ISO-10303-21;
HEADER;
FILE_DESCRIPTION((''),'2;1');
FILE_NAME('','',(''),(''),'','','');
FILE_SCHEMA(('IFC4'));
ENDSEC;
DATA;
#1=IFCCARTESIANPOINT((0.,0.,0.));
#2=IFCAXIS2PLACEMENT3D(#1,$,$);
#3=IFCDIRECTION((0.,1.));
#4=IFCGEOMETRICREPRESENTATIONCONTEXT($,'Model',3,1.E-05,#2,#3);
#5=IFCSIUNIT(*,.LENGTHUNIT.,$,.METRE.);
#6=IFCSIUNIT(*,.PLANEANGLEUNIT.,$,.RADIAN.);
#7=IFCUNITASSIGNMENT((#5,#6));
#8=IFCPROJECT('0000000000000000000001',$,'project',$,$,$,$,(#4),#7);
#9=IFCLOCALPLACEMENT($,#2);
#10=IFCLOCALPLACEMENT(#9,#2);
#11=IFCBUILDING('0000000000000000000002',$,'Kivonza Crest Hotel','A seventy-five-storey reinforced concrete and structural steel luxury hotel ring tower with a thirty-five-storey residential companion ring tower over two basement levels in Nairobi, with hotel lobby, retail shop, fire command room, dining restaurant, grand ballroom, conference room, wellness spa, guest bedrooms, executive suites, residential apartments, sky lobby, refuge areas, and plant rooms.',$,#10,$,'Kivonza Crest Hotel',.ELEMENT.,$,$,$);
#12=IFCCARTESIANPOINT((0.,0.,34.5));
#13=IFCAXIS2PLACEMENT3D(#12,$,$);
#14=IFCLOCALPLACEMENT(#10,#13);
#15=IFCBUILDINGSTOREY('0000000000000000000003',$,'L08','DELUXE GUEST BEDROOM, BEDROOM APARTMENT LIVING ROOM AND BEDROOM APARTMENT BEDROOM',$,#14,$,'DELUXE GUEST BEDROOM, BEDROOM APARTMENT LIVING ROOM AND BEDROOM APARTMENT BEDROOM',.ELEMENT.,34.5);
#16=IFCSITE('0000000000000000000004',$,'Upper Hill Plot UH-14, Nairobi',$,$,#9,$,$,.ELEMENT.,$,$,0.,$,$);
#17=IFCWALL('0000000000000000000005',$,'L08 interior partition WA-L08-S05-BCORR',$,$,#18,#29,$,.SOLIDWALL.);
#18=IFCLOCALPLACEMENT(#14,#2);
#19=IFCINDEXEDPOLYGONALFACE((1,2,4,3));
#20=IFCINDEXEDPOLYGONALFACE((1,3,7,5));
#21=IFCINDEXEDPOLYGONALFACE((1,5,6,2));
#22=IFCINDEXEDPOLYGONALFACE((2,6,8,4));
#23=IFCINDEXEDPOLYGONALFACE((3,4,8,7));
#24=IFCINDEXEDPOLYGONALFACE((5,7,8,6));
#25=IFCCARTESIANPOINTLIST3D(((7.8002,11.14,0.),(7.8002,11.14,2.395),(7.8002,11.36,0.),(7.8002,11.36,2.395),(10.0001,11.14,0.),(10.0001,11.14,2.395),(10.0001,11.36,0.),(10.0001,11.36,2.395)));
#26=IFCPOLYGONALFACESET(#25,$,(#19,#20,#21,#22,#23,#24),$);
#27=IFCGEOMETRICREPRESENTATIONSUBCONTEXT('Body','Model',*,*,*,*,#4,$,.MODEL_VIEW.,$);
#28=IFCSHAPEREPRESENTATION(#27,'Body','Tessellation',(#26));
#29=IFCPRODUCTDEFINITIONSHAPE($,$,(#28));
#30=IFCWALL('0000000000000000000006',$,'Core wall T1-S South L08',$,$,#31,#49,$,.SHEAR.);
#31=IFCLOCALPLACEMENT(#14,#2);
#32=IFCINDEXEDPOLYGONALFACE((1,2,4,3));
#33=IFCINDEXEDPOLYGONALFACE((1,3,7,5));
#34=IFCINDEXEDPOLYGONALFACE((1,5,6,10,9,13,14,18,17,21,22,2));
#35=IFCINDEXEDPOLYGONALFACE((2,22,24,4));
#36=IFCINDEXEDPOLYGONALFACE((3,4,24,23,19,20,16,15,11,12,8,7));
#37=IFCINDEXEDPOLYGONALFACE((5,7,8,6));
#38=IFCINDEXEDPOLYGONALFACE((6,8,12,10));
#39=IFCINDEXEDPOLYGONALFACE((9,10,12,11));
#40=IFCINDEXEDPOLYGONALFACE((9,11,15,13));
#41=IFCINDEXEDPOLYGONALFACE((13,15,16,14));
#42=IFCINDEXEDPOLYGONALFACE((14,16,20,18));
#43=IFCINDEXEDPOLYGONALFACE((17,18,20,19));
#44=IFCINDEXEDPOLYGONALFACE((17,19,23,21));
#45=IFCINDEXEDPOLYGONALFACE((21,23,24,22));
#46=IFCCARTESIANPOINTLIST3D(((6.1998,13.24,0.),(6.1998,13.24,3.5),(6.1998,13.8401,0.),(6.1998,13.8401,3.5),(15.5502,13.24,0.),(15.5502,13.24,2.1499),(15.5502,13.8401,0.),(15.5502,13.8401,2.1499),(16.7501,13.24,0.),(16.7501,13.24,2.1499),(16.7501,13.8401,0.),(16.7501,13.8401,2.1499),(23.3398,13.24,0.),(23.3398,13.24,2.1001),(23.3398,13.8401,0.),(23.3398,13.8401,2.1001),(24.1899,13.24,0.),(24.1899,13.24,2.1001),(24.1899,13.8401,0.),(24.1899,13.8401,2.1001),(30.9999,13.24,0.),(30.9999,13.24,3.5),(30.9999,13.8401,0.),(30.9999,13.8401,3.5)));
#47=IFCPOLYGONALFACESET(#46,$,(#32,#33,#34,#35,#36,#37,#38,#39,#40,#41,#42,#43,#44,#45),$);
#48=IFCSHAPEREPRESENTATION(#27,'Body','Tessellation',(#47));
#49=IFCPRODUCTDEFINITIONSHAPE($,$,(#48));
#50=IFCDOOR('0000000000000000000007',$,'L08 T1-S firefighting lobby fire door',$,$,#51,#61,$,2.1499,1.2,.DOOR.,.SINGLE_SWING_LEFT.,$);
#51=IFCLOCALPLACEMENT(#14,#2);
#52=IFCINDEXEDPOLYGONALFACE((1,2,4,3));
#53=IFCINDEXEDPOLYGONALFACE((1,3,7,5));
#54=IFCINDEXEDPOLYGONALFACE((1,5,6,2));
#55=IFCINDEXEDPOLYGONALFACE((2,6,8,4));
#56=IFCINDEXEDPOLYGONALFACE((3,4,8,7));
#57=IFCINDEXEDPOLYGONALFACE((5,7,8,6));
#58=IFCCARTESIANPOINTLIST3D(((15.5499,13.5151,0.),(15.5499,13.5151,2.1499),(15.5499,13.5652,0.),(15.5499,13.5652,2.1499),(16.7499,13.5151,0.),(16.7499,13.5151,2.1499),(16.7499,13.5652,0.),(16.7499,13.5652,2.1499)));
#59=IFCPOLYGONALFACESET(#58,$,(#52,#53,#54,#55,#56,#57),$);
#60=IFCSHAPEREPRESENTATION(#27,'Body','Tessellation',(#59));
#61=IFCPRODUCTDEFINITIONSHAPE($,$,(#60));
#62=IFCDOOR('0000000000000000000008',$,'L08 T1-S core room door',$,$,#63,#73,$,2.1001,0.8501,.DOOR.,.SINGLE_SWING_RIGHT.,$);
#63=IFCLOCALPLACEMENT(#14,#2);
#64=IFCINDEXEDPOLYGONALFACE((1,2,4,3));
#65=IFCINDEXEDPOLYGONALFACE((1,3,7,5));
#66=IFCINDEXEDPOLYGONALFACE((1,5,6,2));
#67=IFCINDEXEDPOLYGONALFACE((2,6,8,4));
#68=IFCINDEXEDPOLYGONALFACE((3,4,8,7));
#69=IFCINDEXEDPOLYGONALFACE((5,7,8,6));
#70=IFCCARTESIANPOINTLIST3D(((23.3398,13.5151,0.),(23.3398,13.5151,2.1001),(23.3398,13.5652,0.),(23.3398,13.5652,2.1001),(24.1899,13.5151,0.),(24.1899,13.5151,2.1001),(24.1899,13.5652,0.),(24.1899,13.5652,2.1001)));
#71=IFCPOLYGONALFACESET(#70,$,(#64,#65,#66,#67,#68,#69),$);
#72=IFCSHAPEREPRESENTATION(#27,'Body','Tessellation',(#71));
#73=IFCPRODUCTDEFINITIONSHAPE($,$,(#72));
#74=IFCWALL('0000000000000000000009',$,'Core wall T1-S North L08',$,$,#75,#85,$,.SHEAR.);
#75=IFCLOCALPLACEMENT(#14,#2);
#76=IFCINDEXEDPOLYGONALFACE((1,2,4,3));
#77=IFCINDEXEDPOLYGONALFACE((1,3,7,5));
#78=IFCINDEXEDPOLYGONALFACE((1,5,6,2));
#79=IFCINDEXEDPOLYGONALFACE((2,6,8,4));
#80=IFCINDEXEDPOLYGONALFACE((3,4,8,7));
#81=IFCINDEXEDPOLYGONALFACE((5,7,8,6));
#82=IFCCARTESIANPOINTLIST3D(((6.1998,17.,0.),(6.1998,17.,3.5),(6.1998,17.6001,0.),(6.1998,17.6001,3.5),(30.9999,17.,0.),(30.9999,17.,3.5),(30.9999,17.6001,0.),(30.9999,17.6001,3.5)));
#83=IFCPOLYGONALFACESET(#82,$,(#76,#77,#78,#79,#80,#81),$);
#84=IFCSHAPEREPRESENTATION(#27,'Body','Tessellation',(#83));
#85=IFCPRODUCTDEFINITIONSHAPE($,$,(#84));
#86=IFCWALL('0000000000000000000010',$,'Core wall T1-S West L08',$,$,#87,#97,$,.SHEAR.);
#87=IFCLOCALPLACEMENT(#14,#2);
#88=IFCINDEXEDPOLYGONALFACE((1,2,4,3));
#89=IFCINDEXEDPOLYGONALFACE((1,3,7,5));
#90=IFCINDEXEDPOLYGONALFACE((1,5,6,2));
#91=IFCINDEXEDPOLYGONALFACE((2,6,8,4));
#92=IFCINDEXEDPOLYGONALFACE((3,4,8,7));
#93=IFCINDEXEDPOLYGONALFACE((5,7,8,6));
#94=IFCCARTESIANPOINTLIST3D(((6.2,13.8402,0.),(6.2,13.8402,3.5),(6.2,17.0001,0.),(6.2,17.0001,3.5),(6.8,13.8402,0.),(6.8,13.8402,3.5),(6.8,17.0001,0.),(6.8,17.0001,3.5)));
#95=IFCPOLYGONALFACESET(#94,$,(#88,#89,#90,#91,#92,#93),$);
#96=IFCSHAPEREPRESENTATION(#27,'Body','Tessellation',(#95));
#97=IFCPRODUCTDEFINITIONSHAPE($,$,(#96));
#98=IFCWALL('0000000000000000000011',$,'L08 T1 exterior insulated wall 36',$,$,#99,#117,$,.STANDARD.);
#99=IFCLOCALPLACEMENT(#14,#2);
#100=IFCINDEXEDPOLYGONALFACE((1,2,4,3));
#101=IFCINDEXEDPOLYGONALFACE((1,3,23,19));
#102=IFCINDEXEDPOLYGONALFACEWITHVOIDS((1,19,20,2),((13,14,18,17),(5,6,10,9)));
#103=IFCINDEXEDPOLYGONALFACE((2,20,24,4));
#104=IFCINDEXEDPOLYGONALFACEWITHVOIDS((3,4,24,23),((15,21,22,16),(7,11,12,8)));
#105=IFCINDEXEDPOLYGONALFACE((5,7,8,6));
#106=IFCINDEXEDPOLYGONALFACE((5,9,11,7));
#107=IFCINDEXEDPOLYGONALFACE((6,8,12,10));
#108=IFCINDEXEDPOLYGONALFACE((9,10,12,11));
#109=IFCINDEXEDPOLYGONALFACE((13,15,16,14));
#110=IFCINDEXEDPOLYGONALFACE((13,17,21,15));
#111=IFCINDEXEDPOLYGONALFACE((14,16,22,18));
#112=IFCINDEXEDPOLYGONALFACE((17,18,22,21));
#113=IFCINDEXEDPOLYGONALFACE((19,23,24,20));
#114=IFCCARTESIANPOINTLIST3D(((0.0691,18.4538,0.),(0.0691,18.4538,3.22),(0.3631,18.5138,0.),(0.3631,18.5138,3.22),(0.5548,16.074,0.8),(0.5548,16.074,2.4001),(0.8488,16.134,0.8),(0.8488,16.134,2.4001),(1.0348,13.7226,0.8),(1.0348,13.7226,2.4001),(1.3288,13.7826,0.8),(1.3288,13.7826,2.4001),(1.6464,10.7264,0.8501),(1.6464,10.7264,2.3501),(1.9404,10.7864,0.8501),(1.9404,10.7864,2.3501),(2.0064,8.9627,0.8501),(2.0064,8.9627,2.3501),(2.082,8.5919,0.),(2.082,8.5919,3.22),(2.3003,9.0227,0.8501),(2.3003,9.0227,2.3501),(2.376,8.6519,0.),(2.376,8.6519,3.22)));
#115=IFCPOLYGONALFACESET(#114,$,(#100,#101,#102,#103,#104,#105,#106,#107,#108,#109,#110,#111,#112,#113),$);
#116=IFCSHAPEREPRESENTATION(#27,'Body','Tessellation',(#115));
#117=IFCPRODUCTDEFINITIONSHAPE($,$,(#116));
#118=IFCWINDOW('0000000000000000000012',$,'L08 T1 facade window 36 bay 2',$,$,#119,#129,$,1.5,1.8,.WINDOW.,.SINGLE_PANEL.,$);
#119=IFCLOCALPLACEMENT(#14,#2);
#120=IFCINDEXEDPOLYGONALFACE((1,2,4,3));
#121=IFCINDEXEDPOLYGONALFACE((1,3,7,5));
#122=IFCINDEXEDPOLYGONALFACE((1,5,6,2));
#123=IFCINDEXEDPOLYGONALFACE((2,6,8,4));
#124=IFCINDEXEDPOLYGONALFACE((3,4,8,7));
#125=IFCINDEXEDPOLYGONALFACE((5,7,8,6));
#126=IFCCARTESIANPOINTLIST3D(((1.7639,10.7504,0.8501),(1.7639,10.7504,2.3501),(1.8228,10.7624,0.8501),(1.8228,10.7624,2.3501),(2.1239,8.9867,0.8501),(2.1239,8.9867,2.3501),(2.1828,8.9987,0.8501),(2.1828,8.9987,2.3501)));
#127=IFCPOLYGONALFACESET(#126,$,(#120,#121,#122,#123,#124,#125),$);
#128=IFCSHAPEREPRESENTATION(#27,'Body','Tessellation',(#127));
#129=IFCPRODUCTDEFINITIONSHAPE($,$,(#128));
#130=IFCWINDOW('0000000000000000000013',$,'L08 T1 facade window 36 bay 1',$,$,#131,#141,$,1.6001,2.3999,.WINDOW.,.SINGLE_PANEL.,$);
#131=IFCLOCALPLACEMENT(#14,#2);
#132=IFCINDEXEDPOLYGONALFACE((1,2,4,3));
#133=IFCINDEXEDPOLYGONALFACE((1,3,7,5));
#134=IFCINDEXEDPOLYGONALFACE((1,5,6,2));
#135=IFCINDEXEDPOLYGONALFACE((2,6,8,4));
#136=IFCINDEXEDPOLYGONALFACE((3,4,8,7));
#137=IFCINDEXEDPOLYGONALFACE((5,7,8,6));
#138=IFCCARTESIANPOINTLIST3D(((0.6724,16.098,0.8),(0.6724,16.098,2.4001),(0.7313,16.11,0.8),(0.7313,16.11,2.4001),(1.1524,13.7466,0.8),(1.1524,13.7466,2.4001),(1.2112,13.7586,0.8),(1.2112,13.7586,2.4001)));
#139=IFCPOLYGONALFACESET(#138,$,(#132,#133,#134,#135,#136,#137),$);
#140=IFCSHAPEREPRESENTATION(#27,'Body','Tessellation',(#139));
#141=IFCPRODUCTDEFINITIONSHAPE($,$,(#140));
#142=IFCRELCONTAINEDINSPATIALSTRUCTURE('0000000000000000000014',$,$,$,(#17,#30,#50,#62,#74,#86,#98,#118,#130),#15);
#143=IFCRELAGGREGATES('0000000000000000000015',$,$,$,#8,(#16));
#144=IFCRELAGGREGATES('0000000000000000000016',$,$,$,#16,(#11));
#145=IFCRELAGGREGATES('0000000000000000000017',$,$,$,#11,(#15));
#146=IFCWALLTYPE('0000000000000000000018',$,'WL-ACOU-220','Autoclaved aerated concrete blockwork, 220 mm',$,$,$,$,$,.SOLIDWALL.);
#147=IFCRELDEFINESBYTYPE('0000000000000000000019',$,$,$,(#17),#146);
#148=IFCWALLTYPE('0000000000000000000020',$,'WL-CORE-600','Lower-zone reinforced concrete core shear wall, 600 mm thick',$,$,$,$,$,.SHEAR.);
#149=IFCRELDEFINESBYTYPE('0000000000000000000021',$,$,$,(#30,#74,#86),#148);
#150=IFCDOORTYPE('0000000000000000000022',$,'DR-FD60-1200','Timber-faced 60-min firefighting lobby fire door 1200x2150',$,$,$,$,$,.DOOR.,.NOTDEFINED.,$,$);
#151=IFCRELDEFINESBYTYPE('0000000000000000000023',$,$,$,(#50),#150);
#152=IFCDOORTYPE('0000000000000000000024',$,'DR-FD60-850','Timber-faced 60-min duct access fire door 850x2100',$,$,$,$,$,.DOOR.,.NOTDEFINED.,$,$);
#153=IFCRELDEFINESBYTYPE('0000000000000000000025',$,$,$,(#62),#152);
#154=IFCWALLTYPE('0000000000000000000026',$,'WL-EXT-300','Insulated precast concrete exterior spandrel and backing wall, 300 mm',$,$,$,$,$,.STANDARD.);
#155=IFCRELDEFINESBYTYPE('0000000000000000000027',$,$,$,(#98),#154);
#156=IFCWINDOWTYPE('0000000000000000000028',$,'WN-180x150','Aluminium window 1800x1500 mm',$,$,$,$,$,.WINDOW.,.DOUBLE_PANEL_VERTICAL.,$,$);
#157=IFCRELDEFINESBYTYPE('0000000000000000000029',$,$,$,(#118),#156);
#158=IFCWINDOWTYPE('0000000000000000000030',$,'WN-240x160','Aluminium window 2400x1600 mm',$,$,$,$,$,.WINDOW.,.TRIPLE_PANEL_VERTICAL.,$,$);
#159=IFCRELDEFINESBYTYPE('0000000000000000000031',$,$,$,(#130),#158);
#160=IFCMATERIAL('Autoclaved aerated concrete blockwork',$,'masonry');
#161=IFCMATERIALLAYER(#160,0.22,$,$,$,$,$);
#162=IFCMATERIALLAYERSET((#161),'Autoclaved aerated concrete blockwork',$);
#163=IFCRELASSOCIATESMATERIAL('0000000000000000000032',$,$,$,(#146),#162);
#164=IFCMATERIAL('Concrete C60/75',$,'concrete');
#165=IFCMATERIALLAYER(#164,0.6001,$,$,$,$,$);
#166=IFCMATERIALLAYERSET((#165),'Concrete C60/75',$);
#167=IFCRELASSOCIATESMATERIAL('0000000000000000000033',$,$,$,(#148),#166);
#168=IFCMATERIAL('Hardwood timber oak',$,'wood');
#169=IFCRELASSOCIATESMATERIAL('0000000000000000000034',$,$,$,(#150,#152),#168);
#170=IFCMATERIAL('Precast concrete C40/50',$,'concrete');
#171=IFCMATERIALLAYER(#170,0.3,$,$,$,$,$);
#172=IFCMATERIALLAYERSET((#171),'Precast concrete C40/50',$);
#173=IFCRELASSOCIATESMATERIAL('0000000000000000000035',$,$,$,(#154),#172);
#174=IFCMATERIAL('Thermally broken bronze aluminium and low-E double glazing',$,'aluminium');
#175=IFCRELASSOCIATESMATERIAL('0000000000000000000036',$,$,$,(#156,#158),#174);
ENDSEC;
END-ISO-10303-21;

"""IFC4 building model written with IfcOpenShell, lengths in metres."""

from ifc_helpers import new_model, si_unit, direction, frame, frame_2d, origin, place, context, subcontext, project, spatial, rectangle, extrude, material, layer, layer_set, type_object, element, fill, save


model = new_model("IFC4")

# Units and contexts
model_context = context("Model", 3, precision=1e-05, world=origin(), true_north=direction((0.0, 1.0)))
body_context = subcontext(model_context, "Body", "Model", "MODEL_VIEW")
ifc_project = project(units=[si_unit("LENGTHUNIT", "METRE"), si_unit("PLANEANGLEUNIT", "RADIAN")], contexts=[model_context])

# Site, building, storey
site_placement = place(None, origin())
site = spatial("IfcSite", under=ifc_project, at=site_placement, Name="Upper Hill Plot UH-14, Nairobi", CompositionType="ELEMENT", RefElevation=0.0)
building_placement = place(site_placement, origin())
building = spatial("IfcBuilding", under=site, at=building_placement, Name="Kivonza Crest Hotel", Description="A seventy-five-storey reinforced concrete and structural steel luxury hotel ring tower with a thirty-five-storey residential companion ring tower over two basement levels in Nairobi, with hotel lobby, retail shop, fire command room, dining restaurant, grand ballroom, conference room, wellness spa, guest bedrooms, executive suites, residential apartments, sky lobby, refuge areas, and plant rooms.", LongName="Kivonza Crest Hotel", CompositionType="ELEMENT")
storey_placement = place(building_placement, frame((0.0, 0.0, 34.5)))
storey = spatial("IfcBuildingStorey", under=building, at=storey_placement, Name="L08", Description="DELUXE GUEST BEDROOM, BEDROOM APARTMENT LIVING ROOM AND BEDROOM APARTMENT BEDROOM", LongName="DELUXE GUEST BEDROOM, BEDROOM APARTMENT LIVING ROOM AND BEDROOM APARTMENT BEDROOM", CompositionType="ELEMENT", Elevation=34.5)

# Shared definitions
ifc_material_1 = material(Name="Concrete C60/75", Category="concrete")

# Shared definitions
ifc_material_2 = material(Name="Autoclaved aerated concrete blockwork", Category="masonry")
ifc_layer_1 = layer(ifc_material_2, 0.22)
ifc_layer_set_1 = layer_set([ifc_layer_1], Name="Autoclaved aerated concrete blockwork")
wall_type_1 = type_object("IfcWallType", Name="WL-ACOU-220", Description="Autoclaved aerated concrete blockwork, 220 mm", PredefinedType="SOLIDWALL", material=ifc_layer_set_1)

# Shared definitions
ifc_material_3 = material(Name="Hardwood timber oak", Category="wood")

# Wall
wall_1_placement = place(storey_placement, frame((7.8, 11.25, 0.0), z_axis=(0.0, 0.0, 1.0), x_axis=(1.0, 0.0, 0.0)))
element("IfcWall", 1, at=wall_1_placement, inside=storey, type_object=wall_type_1, Name="L08 interior partition WA-L08-S05-BCORR", PredefinedType="SOLIDWALL", context=body_context, shape_type="SweptSolid", body=[
    extrude(rectangle(XDim=2.2, YDim=0.22, at=frame_2d((1.1001, 0.0))), origin(), (0.0, 0.0, 1.0), 2.395),
])

# Wall, openings, doors
ifc_layer_2 = layer(ifc_material_1, 0.6001)
ifc_layer_set_2 = layer_set([ifc_layer_2], Name="Concrete C60/75")
wall_type_2 = type_object("IfcWallType", Name="WL-CORE-600", Description="Lower-zone reinforced concrete core shear wall, 600 mm thick", PredefinedType="SHEAR", material=ifc_layer_set_2)
wall_2_placement = place(storey_placement, frame((6.2, 13.54, 0.0), z_axis=(0.0, 0.0, 1.0), x_axis=(1.0, 0.0, 0.0)))
wall_2 = element("IfcWall", 2, at=wall_2_placement, inside=storey, type_object=wall_type_2, Name="Core wall T1-S South L08", PredefinedType="SHEAR", context=body_context, shape_type="SweptSolid", body=[
    extrude(rectangle(XDim=24.8, YDim=0.6001, at=frame_2d((12.3999, 0.0))), origin(), (0.0, 0.0, 1.0), 3.5),
])
opening_1_placement = place(wall_2_placement, frame((9.3501, 0.0, 0.0)))
opening_1 = element("IfcOpeningElement", 3, at=opening_1_placement, cuts=wall_2, PredefinedType="OPENING", context=body_context, shape_type="SweptSolid", body=[
    extrude(rectangle(XDim=1.2, YDim=2.1499, at=frame_2d((0.6001, 1.075))), frame((0.0, 0.3101, 0.0), z_axis=(0.0, -1.0, 0.0), x_axis=(1.0, 0.0, 0.0)), (0.0, 0.0, 1.0), 0.6201),
])
opening_2_placement = place(wall_2_placement, frame((17.1399, 0.0, 0.0)))
opening_2 = element("IfcOpeningElement", 4, at=opening_2_placement, cuts=wall_2, PredefinedType="OPENING", context=body_context, shape_type="SweptSolid", body=[
    extrude(rectangle(XDim=0.8501, YDim=2.1001, at=frame_2d((0.425, 1.05))), frame((0.0, 0.3101, 0.0), z_axis=(0.0, -1.0, 0.0), x_axis=(1.0, 0.0, 0.0)), (0.0, 0.0, 1.0), 0.6201),
])
door_type_1 = type_object("IfcDoorType", Name="DR-FD60-1200", Description="Timber-faced 60-min firefighting lobby fire door 1200x2150", OperationType="NOTDEFINED", PredefinedType="DOOR", material=ifc_material_3)
door_1_placement = place(opening_1_placement, frame((1.2, 0.0, 0.0), z_axis=(0.0, 0.0, 1.0), x_axis=(-1.0, 0.0, 0.0)))
door_1 = element("IfcDoor", 5, at=door_1_placement, inside=storey, type_object=door_type_1, Name="L08 T1-S firefighting lobby fire door", OperationType="SINGLE_SWING_LEFT", OverallHeight=2.1499, OverallWidth=1.2, PredefinedType="DOOR", context=body_context, shape_type="SweptSolid", body=[
    extrude(rectangle(XDim=1.2, YDim=2.1499, at=frame_2d((0.6001, 1.075))), frame((0.0, 0.0249, 0.0), z_axis=(0.0, -1.0, 0.0), x_axis=(1.0, 0.0, 0.0)), (0.0, 0.0, 1.0), 0.05),
])
fill(opening_1, door_1)
door_type_2 = type_object("IfcDoorType", Name="DR-FD60-850", Description="Timber-faced 60-min duct access fire door 850x2100", OperationType="NOTDEFINED", PredefinedType="DOOR", material=ifc_material_3)
door_2_placement = place(opening_2_placement, frame((0.8501, 0.0, 0.0), z_axis=(0.0, 0.0, 1.0), x_axis=(-1.0, 0.0, 0.0)))
door_2 = element("IfcDoor", 6, at=door_2_placement, inside=storey, type_object=door_type_2, Name="L08 T1-S core room door", OperationType="SINGLE_SWING_RIGHT", OverallHeight=2.1001, OverallWidth=0.8501, PredefinedType="DOOR", context=body_context, shape_type="SweptSolid", body=[
    extrude(rectangle(XDim=0.8501, YDim=2.1001, at=frame_2d((0.425, 1.05))), frame((0.0, 0.0249, 0.0), z_axis=(0.0, -1.0, 0.0), x_axis=(1.0, 0.0, 0.0)), (0.0, 0.0, 1.0), 0.05),
])
fill(opening_2, door_2)

# Walls
wall_3_placement = place(storey_placement, frame((6.2, 17.3, 0.0), z_axis=(0.0, 0.0, 1.0), x_axis=(1.0, 0.0, 0.0)))
element("IfcWall", 7, at=wall_3_placement, inside=storey, type_object=wall_type_2, Name="Core wall T1-S North L08", PredefinedType="SHEAR", context=body_context, shape_type="SweptSolid", body=[
    extrude(rectangle(XDim=24.8, YDim=0.6001, at=frame_2d((12.3999, 0.0))), origin(), (0.0, 0.0, 1.0), 3.5),
])
wall_4_placement = place(storey_placement, frame((6.5, 13.8401, 0.0), z_axis=(0.0, 0.0, 1.0), x_axis=(0.0, 1.0, 0.0)))
element("IfcWall", 8, at=wall_4_placement, inside=storey, type_object=wall_type_2, Name="Core wall T1-S West L08", PredefinedType="SHEAR", context=body_context, shape_type="SweptSolid", body=[
    extrude(rectangle(XDim=3.1599, YDim=0.6001, at=frame_2d((1.5801, 0.0))), origin(), (0.0, 0.0, 1.0), 3.5),
])

# Wall, openings, windows
ifc_material_4 = material(Name="Precast concrete C40/50", Category="concrete")
ifc_layer_3 = layer(ifc_material_4, 0.3)
ifc_layer_set_3 = layer_set([ifc_layer_3], Name="Precast concrete C40/50")
wall_type_3 = type_object("IfcWallType", Name="WL-EXT-300", Description="Insulated precast concrete exterior spandrel and backing wall, 300 mm", PredefinedType="STANDARD", material=ifc_layer_set_3)
wall_5_placement = place(storey_placement, frame((0.2161, 18.4839, 0.0), z_axis=(0.0, 0.0, 1.0), x_axis=(0.199991, -0.979798, 0.0)))
wall_5 = element("IfcWall", 9, at=wall_5_placement, inside=storey, type_object=wall_type_3, Name="L08 T1 exterior insulated wall 36", PredefinedType="STANDARD", context=body_context, shape_type="SweptSolid", body=[
    extrude(rectangle(XDim=10.0652, YDim=0.3, at=frame_2d((5.0327, 0.0))), origin(), (0.0, 0.0, 1.0), 3.22),
])
opening_3_placement = place(wall_5_placement, frame((2.429, 0.0, 0.8)))
opening_3 = element("IfcOpeningElement", 10, at=opening_3_placement, cuts=wall_5, PredefinedType="OPENING", context=body_context, shape_type="SweptSolid", body=[
    extrude(rectangle(XDim=2.3999, YDim=1.6001, at=frame_2d((1.2, 0.8))), frame((0.0, 0.1602, 0.0), z_axis=(0.0, -1.0, 0.0), x_axis=(1.0, 0.0, 0.0)), (0.0, 0.0, 1.0), 0.3201),
])
opening_4_placement = place(wall_5_placement, frame((7.887, 0.0, 0.8501)))
opening_4 = element("IfcOpeningElement", 11, at=opening_4_placement, cuts=wall_5, PredefinedType="OPENING", context=body_context, shape_type="SweptSolid", body=[
    extrude(rectangle(XDim=1.8, YDim=1.5, at=frame_2d((0.8999, 0.75))), frame((0.0, 0.1602, 0.0), z_axis=(0.0, -1.0, 0.0), x_axis=(1.0, 0.0, 0.0)), (0.0, 0.0, 1.0), 0.3201),
])
ifc_material_5 = material(Name="Thermally broken bronze aluminium and low-E double glazing", Category="aluminium")
window_type_1 = type_object("IfcWindowType", Name="WN-180x150", Description="Aluminium window 1800x1500 mm", PartitioningType="DOUBLE_PANEL_VERTICAL", PredefinedType="WINDOW", material=ifc_material_5)
window_1_placement = place(opening_4_placement, origin())
window_1 = element("IfcWindow", 12, at=window_1_placement, inside=storey, type_object=window_type_1, Name="L08 T1 facade window 36 bay 2", OverallHeight=1.5, OverallWidth=1.8, PartitioningType="SINGLE_PANEL", PredefinedType="WINDOW", context=body_context, shape_type="SweptSolid", body=[
    extrude(rectangle(XDim=1.8, YDim=1.5, at=frame_2d((0.8999, 0.75))), frame((0.0, 0.03, 0.0), z_axis=(0.0, -1.0, 0.0), x_axis=(1.0, 0.0, 0.0)), (0.0, 0.0, 1.0), 0.0601),
])
fill(opening_4, window_1)
window_type_2 = type_object("IfcWindowType", Name="WN-240x160", Description="Aluminium window 2400x1600 mm", PartitioningType="TRIPLE_PANEL_VERTICAL", PredefinedType="WINDOW", material=ifc_material_5)
window_2_placement = place(opening_3_placement, origin())
window_2 = element("IfcWindow", 13, at=window_2_placement, inside=storey, type_object=window_type_2, Name="L08 T1 facade window 36 bay 1", OverallHeight=1.6001, OverallWidth=2.3999, PartitioningType="SINGLE_PANEL", PredefinedType="WINDOW", context=body_context, shape_type="SweptSolid", body=[
    extrude(rectangle(XDim=2.3999, YDim=1.6001, at=frame_2d((1.2, 0.8))), frame((0.0, 0.03, 0.0), z_axis=(0.0, -1.0, 0.0), x_axis=(1.0, 0.0, 0.0)), (0.0, 0.0, 1.0), 0.0601),
])
fill(opening_3, window_2)

save(model, "model.ifc")
